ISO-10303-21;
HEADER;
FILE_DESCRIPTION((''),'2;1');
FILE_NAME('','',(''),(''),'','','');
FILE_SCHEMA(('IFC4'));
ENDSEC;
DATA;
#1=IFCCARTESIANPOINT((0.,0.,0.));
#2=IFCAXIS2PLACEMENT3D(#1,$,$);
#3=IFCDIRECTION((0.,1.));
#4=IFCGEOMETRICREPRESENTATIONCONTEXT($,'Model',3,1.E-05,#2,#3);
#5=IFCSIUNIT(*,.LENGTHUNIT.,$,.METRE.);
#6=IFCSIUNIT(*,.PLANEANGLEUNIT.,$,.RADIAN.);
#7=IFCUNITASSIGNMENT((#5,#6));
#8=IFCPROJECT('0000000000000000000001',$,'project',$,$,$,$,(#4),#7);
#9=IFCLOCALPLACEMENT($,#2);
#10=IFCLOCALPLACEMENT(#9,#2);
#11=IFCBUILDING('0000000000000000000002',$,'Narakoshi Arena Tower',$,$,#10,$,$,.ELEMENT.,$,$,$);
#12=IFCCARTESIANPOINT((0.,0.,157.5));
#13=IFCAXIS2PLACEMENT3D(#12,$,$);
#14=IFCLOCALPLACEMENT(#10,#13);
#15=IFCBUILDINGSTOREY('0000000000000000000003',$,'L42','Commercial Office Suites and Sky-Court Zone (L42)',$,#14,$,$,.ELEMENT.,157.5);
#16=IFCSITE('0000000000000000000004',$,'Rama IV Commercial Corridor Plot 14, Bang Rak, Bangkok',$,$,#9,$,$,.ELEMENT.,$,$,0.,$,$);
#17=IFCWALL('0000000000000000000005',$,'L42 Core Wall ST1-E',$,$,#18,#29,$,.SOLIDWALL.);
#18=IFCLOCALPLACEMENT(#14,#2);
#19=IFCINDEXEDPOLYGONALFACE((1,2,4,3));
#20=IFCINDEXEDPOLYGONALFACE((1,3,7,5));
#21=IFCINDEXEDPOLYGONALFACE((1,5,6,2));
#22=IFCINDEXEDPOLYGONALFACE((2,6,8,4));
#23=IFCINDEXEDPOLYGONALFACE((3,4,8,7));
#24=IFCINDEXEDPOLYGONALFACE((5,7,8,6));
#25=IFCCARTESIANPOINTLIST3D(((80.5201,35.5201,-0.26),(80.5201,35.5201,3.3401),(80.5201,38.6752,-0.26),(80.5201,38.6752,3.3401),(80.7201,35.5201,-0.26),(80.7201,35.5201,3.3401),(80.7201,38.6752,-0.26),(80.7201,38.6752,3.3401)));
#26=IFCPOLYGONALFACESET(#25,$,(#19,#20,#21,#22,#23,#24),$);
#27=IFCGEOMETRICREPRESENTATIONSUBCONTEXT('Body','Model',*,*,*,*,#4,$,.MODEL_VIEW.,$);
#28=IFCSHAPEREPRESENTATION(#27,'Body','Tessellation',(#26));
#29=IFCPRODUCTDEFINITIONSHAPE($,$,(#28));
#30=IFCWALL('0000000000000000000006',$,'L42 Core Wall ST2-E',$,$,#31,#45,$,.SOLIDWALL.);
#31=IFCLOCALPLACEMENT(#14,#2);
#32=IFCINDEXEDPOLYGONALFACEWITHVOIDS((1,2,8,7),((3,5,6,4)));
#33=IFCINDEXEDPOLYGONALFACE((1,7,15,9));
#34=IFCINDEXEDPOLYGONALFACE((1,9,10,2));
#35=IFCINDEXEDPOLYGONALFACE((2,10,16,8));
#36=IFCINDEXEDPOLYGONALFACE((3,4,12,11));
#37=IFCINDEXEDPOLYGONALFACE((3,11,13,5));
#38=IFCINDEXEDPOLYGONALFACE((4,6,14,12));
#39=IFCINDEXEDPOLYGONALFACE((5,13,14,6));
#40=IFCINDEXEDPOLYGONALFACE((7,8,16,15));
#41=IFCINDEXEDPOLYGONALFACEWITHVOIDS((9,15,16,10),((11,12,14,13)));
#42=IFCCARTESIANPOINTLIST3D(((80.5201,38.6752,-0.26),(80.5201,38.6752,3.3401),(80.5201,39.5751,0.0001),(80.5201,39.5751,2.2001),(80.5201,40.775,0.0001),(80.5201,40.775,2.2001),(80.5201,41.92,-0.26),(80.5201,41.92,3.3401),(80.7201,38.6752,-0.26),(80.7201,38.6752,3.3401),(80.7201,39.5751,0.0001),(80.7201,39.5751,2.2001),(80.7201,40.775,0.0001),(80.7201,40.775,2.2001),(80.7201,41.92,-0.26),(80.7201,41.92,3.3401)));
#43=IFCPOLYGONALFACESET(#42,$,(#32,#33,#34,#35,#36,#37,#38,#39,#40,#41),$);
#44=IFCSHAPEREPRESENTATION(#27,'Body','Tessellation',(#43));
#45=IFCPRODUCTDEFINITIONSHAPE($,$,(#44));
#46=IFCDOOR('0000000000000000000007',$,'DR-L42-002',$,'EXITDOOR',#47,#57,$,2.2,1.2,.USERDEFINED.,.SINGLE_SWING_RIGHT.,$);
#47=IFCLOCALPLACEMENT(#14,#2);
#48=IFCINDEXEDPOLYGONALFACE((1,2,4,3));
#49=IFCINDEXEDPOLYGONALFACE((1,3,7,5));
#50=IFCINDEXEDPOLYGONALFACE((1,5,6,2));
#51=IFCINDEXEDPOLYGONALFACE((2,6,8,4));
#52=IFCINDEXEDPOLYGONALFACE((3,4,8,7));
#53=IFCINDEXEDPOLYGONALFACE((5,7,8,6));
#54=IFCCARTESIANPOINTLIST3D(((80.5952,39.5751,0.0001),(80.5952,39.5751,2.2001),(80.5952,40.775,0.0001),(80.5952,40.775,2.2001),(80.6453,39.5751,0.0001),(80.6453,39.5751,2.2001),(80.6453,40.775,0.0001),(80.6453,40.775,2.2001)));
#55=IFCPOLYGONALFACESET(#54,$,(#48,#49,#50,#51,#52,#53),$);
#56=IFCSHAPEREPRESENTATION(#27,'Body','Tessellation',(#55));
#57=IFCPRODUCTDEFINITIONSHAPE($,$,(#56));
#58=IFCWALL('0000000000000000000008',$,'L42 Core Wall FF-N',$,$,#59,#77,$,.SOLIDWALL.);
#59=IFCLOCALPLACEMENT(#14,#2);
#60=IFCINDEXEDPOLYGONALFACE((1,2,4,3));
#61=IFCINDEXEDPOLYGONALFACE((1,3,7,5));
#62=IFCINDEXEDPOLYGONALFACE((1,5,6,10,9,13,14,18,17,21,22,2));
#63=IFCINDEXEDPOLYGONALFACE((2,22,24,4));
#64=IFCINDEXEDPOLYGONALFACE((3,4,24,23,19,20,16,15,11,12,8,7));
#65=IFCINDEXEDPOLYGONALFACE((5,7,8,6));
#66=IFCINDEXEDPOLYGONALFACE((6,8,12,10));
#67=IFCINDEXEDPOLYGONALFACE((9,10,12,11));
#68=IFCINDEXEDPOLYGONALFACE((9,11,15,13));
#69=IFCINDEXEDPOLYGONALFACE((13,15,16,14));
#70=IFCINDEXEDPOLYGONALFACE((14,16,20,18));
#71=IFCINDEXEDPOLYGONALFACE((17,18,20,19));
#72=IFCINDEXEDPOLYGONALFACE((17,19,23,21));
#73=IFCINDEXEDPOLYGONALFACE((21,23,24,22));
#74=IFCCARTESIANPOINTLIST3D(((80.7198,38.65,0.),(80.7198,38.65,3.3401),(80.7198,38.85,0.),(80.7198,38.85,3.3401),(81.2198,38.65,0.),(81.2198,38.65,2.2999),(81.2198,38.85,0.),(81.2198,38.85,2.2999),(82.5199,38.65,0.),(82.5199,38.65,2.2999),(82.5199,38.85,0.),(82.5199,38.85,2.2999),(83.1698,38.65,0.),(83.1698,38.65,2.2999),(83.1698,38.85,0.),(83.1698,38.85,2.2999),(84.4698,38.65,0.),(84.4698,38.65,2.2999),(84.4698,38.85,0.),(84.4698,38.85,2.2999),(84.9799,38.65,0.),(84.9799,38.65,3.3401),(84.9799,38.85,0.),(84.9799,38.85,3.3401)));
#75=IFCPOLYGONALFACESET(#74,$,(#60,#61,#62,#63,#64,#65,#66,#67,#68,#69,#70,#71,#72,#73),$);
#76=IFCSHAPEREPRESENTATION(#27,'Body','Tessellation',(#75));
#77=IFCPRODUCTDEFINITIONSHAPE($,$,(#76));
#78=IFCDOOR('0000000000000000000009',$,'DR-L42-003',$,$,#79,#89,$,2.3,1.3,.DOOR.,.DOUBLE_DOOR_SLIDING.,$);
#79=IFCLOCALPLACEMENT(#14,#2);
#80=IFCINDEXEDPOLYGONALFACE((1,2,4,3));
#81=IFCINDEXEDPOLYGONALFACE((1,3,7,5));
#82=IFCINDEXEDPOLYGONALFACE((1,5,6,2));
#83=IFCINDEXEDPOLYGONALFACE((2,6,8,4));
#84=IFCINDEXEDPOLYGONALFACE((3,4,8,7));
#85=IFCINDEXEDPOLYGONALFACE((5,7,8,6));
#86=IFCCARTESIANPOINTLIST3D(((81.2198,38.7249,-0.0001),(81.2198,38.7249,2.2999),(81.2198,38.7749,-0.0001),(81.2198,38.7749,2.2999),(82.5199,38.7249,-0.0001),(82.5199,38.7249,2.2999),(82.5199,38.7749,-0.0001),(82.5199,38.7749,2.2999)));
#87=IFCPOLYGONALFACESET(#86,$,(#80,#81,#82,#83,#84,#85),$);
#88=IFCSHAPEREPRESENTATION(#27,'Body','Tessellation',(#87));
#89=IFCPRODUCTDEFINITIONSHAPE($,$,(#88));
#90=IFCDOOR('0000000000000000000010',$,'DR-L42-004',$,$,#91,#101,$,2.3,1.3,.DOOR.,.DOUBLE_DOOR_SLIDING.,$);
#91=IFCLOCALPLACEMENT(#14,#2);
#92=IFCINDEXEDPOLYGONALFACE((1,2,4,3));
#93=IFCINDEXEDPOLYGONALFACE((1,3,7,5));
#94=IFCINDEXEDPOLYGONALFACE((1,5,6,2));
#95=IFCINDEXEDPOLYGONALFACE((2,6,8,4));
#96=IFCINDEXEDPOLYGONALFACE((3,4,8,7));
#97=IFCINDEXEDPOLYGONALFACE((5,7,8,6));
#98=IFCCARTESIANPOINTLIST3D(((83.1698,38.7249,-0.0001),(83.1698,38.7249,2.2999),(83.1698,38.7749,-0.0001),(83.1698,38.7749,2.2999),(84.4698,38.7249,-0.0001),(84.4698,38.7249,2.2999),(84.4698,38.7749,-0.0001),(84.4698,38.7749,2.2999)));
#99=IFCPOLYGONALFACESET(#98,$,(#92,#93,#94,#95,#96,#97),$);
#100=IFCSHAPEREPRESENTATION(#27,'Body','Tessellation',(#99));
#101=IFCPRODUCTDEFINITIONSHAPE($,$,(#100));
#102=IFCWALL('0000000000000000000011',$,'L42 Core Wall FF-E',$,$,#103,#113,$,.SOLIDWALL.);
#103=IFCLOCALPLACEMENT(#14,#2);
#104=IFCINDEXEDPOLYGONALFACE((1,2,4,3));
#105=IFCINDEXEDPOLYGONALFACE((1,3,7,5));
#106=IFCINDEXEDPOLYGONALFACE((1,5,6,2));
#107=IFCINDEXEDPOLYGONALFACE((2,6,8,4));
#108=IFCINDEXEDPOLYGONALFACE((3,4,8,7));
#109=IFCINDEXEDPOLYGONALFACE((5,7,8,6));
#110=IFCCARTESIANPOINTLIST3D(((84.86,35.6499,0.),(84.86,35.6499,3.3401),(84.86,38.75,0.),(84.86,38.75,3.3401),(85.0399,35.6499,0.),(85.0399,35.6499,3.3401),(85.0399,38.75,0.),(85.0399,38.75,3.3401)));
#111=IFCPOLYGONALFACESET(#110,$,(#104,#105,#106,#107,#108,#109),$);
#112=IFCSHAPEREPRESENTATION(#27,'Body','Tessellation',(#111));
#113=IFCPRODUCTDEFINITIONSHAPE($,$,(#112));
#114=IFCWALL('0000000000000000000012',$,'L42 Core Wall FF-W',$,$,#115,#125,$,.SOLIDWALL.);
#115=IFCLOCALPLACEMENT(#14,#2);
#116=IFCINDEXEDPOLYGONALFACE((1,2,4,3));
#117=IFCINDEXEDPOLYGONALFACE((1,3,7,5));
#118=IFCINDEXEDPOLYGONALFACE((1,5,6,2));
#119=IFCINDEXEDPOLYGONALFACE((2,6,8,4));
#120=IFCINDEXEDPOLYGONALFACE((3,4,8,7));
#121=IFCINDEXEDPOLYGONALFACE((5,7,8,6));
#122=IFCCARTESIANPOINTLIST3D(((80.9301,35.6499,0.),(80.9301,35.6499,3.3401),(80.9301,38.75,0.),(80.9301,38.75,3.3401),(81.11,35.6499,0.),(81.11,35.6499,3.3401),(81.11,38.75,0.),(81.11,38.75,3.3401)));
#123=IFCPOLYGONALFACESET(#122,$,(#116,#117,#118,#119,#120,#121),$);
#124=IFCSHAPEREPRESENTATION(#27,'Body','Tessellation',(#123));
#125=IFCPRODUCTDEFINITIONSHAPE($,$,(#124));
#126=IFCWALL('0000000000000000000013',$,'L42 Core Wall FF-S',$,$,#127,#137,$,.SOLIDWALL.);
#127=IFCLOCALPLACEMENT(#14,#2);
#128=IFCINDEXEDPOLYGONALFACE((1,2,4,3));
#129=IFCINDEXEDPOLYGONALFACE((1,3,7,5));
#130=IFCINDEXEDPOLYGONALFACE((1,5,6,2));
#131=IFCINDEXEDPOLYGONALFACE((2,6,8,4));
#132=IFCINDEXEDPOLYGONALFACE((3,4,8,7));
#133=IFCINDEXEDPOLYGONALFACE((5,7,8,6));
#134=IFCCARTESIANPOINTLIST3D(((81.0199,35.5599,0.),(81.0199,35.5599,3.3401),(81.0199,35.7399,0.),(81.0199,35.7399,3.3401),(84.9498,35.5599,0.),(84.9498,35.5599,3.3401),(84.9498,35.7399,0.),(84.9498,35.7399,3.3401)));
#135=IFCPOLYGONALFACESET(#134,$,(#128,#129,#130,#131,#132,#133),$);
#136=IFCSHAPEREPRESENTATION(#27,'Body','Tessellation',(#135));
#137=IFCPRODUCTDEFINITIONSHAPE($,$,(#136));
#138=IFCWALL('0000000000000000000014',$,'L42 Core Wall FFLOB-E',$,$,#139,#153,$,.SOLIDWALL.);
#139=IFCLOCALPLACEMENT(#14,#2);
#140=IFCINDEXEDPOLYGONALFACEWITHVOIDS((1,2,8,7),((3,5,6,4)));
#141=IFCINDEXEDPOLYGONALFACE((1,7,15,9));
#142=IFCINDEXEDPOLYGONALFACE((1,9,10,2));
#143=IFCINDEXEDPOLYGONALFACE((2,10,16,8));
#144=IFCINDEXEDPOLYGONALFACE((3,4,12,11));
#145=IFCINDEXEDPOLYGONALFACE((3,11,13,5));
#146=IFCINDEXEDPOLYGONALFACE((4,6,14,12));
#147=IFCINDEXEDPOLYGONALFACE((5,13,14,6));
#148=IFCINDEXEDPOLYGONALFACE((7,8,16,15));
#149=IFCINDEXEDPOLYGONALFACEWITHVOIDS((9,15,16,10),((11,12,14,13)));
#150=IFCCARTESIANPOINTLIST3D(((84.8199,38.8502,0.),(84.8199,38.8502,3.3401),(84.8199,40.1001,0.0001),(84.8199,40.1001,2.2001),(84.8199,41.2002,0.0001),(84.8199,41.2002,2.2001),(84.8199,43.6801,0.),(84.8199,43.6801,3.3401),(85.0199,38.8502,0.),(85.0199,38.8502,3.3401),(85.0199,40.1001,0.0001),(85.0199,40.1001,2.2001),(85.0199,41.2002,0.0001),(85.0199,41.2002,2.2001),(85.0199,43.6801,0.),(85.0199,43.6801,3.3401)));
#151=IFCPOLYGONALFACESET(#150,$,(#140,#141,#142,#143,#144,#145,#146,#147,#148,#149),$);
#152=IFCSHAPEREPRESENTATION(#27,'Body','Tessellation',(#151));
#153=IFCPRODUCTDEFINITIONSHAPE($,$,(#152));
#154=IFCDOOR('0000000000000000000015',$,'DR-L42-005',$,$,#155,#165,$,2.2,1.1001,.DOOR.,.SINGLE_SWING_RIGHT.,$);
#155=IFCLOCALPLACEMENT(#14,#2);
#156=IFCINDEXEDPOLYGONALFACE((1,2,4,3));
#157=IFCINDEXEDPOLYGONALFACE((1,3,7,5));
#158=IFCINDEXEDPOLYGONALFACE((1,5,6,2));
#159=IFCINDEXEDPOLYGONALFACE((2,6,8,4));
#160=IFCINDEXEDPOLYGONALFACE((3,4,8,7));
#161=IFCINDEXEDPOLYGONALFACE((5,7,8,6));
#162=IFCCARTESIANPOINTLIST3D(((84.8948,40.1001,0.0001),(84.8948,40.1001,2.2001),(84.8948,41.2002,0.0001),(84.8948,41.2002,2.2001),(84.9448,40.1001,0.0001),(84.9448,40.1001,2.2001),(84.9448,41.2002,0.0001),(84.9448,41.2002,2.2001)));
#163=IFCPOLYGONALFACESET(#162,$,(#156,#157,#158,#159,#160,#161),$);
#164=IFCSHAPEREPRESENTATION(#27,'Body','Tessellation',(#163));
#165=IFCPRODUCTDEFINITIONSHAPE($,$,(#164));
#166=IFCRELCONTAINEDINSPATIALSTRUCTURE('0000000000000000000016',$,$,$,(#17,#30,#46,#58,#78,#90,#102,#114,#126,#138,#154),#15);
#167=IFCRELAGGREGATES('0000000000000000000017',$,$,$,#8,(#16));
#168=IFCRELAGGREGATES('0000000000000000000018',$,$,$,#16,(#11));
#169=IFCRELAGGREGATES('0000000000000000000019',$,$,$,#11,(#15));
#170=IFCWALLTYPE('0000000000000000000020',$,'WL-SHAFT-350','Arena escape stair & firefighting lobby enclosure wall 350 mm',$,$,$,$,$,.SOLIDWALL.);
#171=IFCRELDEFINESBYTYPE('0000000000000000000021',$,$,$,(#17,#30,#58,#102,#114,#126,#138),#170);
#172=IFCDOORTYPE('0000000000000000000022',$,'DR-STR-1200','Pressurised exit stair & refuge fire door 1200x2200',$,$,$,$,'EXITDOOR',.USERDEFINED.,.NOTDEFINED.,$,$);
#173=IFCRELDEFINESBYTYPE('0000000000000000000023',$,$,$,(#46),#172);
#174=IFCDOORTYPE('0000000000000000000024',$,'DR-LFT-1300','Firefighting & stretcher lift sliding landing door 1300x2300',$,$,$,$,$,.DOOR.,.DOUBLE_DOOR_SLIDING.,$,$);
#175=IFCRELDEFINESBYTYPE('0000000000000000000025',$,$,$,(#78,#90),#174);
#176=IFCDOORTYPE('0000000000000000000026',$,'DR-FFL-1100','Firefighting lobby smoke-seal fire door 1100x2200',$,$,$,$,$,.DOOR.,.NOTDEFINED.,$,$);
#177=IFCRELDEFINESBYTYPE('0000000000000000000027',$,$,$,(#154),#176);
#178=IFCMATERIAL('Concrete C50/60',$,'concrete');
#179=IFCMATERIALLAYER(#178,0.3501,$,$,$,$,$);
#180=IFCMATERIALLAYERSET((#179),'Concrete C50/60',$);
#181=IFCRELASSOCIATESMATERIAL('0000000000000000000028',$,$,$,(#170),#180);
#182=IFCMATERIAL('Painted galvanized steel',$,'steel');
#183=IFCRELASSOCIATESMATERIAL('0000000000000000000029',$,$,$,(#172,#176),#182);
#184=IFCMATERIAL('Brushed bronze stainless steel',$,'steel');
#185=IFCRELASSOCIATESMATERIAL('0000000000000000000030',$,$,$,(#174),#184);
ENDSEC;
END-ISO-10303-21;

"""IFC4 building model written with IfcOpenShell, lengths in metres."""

from ifc_helpers import new_model, si_unit, direction, frame, frame_2d, origin, place, context, subcontext, project, spatial, rectangle, extrude, material, layer, layer_set, type_object, element, fill, save


model = new_model("IFC4")

# Units and contexts
model_context = context("Model", 3, precision=1e-05, world=origin(), true_north=direction((0.0, 1.0)))
body_context = subcontext(model_context, "Body", "Model", "MODEL_VIEW")
ifc_project = project(units=[si_unit("LENGTHUNIT", "METRE"), si_unit("PLANEANGLEUNIT", "RADIAN")], contexts=[model_context])

# Site, building, storey
site_placement = place(None, origin())
site = spatial("IfcSite", under=ifc_project, at=site_placement, Name="Rama IV Commercial Corridor Plot 14, Bang Rak, Bangkok", CompositionType="ELEMENT", RefElevation=0.0)
building_placement = place(site_placement, origin())
building = spatial("IfcBuilding", under=site, at=building_placement, Name="Narakoshi Arena Tower", CompositionType="ELEMENT")
storey_placement = place(building_placement, frame((0.0, 0.0, 157.5)))
storey = spatial("IfcBuildingStorey", under=building, at=storey_placement, Name="L42", Description="Commercial Office Suites and Sky-Court Zone (L42)", CompositionType="ELEMENT", Elevation=157.5)

# Wall
ifc_material_1 = material(Name="Concrete C50/60", Category="concrete")
ifc_layer_1 = layer(ifc_material_1, 0.3501)
ifc_layer_set_1 = layer_set([ifc_layer_1], Name="Concrete C50/60")
wall_type_1 = type_object("IfcWallType", Name="WL-SHAFT-350", Description="Arena escape stair & firefighting lobby enclosure wall 350 mm", PredefinedType="SOLIDWALL", material=ifc_layer_set_1)
wall_1_placement = place(storey_placement, frame((80.6201, 35.52, -0.26), z_axis=(0.0, 0.0, 1.0), x_axis=(0.0, 1.0, 0.0)))
element("IfcWall", 1, at=wall_1_placement, inside=storey, type_object=wall_type_1, Name="L42 Core Wall ST1-E", PredefinedType="SOLIDWALL", context=body_context, shape_type="SweptSolid", body=[
    extrude(rectangle(XDim=3.155, YDim=0.2, at=frame_2d((1.5776, 0.0))), origin(), (0.0, 0.0, 1.0), 3.6001),
])

# Wall, opening, door
wall_2_placement = place(storey_placement, frame((80.6201, 38.675, -0.26), z_axis=(0.0, 0.0, 1.0), x_axis=(0.0, 1.0, 0.0)))
wall_2 = element("IfcWall", 2, at=wall_2_placement, inside=storey, type_object=wall_type_1, Name="L42 Core Wall ST2-E", PredefinedType="SOLIDWALL", context=body_context, shape_type="SweptSolid", body=[
    extrude(rectangle(XDim=3.2449, YDim=0.2, at=frame_2d((1.6226, 0.0))), origin(), (0.0, 0.0, 1.0), 3.6001),
])
opening_1_placement = place(wall_2_placement, frame((0.8999, 0.0, 0.26)))
opening_1 = element("IfcOpeningElement", 3, at=opening_1_placement, cuts=wall_2, PredefinedType="OPENING", context=body_context, shape_type="SweptSolid", body=[
    extrude(rectangle(XDim=1.2, YDim=2.2, at=frame_2d((0.6001, 1.1001))), frame((0.0, 0.1099, 0.0), z_axis=(0.0, -1.0, 0.0), x_axis=(1.0, 0.0, 0.0)), (0.0, 0.0, 1.0), 0.22),
])
ifc_material_2 = material(Name="Painted galvanized steel", Category="steel")
door_type_1 = type_object("IfcDoorType", Name="DR-STR-1200", Description="Pressurised exit stair & refuge fire door 1200x2200", ElementType="EXITDOOR", OperationType="NOTDEFINED", PredefinedType="USERDEFINED", material=ifc_material_2)
door_1_placement = place(opening_1_placement, origin())
door_1 = element("IfcDoor", 4, at=door_1_placement, inside=storey, type_object=door_type_1, Name="DR-L42-002", ObjectType="EXITDOOR", OperationType="SINGLE_SWING_RIGHT", OverallHeight=2.2, OverallWidth=1.2, PredefinedType="USERDEFINED", context=body_context, shape_type="SweptSolid", body=[
    extrude(rectangle(XDim=1.2, YDim=2.2, at=frame_2d((0.6001, 1.1001))), frame((0.0, 0.0249, 0.0), z_axis=(0.0, -1.0, 0.0), x_axis=(1.0, 0.0, 0.0)), (0.0, 0.0, 1.0), 0.05),
])
fill(opening_1, door_1)

# Wall, openings, doors
wall_3_placement = place(storey_placement, frame((80.72, 38.75, 0.0), z_axis=(0.0, 0.0, 1.0), x_axis=(1.0, 0.0, 0.0)))
wall_3 = element("IfcWall", 5, at=wall_3_placement, inside=storey, type_object=wall_type_1, Name="L42 Core Wall FF-N", PredefinedType="SOLIDWALL", context=body_context, shape_type="SweptSolid", body=[
    extrude(rectangle(XDim=4.26, YDim=0.2, at=frame_2d((2.1299, 0.0))), origin(), (0.0, 0.0, 1.0), 3.3401),
])
opening_2_placement = place(wall_3_placement, frame((0.5, 0.0, 0.0)))
opening_2 = element("IfcOpeningElement", 6, at=opening_2_placement, cuts=wall_3, PredefinedType="OPENING", context=body_context, shape_type="SweptSolid", body=[
    extrude(rectangle(XDim=1.3, YDim=2.3, at=frame_2d((0.6499, 1.1499))), frame((0.0, 0.1099, 0.0), z_axis=(0.0, -1.0, 0.0), x_axis=(1.0, 0.0, 0.0)), (0.0, 0.0, 1.0), 0.22),
])
opening_3_placement = place(wall_3_placement, frame((2.45, 0.0, 0.0)))
opening_3 = element("IfcOpeningElement", 7, at=opening_3_placement, cuts=wall_3, PredefinedType="OPENING", context=body_context, shape_type="SweptSolid", body=[
    extrude(rectangle(XDim=1.3, YDim=2.3, at=frame_2d((0.6499, 1.1499))), frame((0.0, 0.1099, 0.0), z_axis=(0.0, -1.0, 0.0), x_axis=(1.0, 0.0, 0.0)), (0.0, 0.0, 1.0), 0.22),
])
ifc_material_3 = material(Name="Brushed bronze stainless steel", Category="steel")
door_type_2 = type_object("IfcDoorType", Name="DR-LFT-1300", Description="Firefighting & stretcher lift sliding landing door 1300x2300", OperationType="DOUBLE_DOOR_SLIDING", PredefinedType="DOOR", material=ifc_material_3)
door_2_placement = place(opening_2_placement, origin())
door_2 = element("IfcDoor", 8, at=door_2_placement, inside=storey, type_object=door_type_2, Name="DR-L42-003", OperationType="DOUBLE_DOOR_SLIDING", OverallHeight=2.3, OverallWidth=1.3, PredefinedType="DOOR", context=body_context, shape_type="SweptSolid", body=[
    extrude(rectangle(XDim=1.3, YDim=2.3, at=frame_2d((0.6499, 1.1499))), frame((0.0, 0.0249, 0.0), z_axis=(0.0, -1.0, 0.0), x_axis=(1.0, 0.0, 0.0)), (0.0, 0.0, 1.0), 0.05),
])
fill(opening_2, door_2)
door_3_placement = place(opening_3_placement, origin())
door_3 = element("IfcDoor", 9, at=door_3_placement, inside=storey, type_object=door_type_2, Name="DR-L42-004", OperationType="DOUBLE_DOOR_SLIDING", OverallHeight=2.3, OverallWidth=1.3, PredefinedType="DOOR", context=body_context, shape_type="SweptSolid", body=[
    extrude(rectangle(XDim=1.3, YDim=2.3, at=frame_2d((0.6499, 1.1499))), frame((0.0, 0.0249, 0.0), z_axis=(0.0, -1.0, 0.0), x_axis=(1.0, 0.0, 0.0)), (0.0, 0.0, 1.0), 0.05),
])
fill(opening_3, door_3)

# Walls
for number, where, z_axis, x_axis, name in (
    (10, (84.95, 35.6499, 0.0), (0.0, 0.0, 1.0), (0.0, 1.0, 0.0), "L42 Core Wall FF-E"),
    (11, (81.02, 35.6499, 0.0), (0.0, 0.0, 1.0), (0.0, 1.0, 0.0), "L42 Core Wall FF-W"),
):
    element("IfcWall", number, at=place(storey_placement, frame(where, z_axis=z_axis, x_axis=x_axis)), inside=storey, type_object=wall_type_1, Name=name, PredefinedType="SOLIDWALL", context=body_context, shape_type="SweptSolid", body=[
        extrude(rectangle(XDim=3.1001, YDim=0.1799, at=frame_2d((1.55, 0.0))), origin(), (0.0, 0.0, 1.0), 3.3401),
    ])
wall_4_placement = place(storey_placement, frame((81.02, 35.6499, 0.0), z_axis=(0.0, 0.0, 1.0), x_axis=(1.0, 0.0, 0.0)))
element("IfcWall", 12, at=wall_4_placement, inside=storey, type_object=wall_type_1, Name="L42 Core Wall FF-S", PredefinedType="SOLIDWALL", context=body_context, shape_type="SweptSolid", body=[
    extrude(rectangle(XDim=3.9299, YDim=0.1799, at=frame_2d((1.9648, 0.0))), origin(), (0.0, 0.0, 1.0), 3.3401),
])

# Wall, opening, door
wall_5_placement = place(storey_placement, frame((84.9199, 38.8501, 0.0), z_axis=(0.0, 0.0, 1.0), x_axis=(0.0, 1.0, 0.0)))
wall_5 = element("IfcWall", 13, at=wall_5_placement, inside=storey, type_object=wall_type_1, Name="L42 Core Wall FFLOB-E", PredefinedType="SOLIDWALL", context=body_context, shape_type="SweptSolid", body=[
    extrude(rectangle(XDim=4.8298, YDim=0.2, at=frame_2d((2.415, 0.0))), origin(), (0.0, 0.0, 1.0), 3.3401),
])
opening_4_placement = place(wall_5_placement, frame((1.25, 0.0, 0.0)))
opening_4 = element("IfcOpeningElement", 14, at=opening_4_placement, cuts=wall_5, PredefinedType="OPENING", context=body_context, shape_type="SweptSolid", body=[
    extrude(rectangle(XDim=1.1001, YDim=2.2, at=frame_2d((0.55, 1.1001))), frame((0.0, 0.1099, 0.0), z_axis=(0.0, -1.0, 0.0), x_axis=(1.0, 0.0, 0.0)), (0.0, 0.0, 1.0), 0.22),
])
door_type_3 = type_object("IfcDoorType", Name="DR-FFL-1100", Description="Firefighting lobby smoke-seal fire door 1100x2200", OperationType="NOTDEFINED", PredefinedType="DOOR", material=ifc_material_2)
door_4_placement = place(opening_4_placement, frame((1.1001, 0.0, 0.0), z_axis=(0.0, 0.0, 1.0), x_axis=(-1.0, 0.0, 0.0)))
door_4 = element("IfcDoor", 15, at=door_4_placement, inside=storey, type_object=door_type_3, Name="DR-L42-005", OperationType="SINGLE_SWING_RIGHT", OverallHeight=2.2, OverallWidth=1.1001, PredefinedType="DOOR", context=body_context, shape_type="SweptSolid", body=[
    extrude(rectangle(XDim=1.1001, YDim=2.2, at=frame_2d((0.55, 1.1001))), frame((0.0, 0.0249, 0.0), z_axis=(0.0, -1.0, 0.0), x_axis=(1.0, 0.0, 0.0)), (0.0, 0.0, 1.0), 0.05),
])
fill(opening_4, door_4)

save(model, "model.ifc")
